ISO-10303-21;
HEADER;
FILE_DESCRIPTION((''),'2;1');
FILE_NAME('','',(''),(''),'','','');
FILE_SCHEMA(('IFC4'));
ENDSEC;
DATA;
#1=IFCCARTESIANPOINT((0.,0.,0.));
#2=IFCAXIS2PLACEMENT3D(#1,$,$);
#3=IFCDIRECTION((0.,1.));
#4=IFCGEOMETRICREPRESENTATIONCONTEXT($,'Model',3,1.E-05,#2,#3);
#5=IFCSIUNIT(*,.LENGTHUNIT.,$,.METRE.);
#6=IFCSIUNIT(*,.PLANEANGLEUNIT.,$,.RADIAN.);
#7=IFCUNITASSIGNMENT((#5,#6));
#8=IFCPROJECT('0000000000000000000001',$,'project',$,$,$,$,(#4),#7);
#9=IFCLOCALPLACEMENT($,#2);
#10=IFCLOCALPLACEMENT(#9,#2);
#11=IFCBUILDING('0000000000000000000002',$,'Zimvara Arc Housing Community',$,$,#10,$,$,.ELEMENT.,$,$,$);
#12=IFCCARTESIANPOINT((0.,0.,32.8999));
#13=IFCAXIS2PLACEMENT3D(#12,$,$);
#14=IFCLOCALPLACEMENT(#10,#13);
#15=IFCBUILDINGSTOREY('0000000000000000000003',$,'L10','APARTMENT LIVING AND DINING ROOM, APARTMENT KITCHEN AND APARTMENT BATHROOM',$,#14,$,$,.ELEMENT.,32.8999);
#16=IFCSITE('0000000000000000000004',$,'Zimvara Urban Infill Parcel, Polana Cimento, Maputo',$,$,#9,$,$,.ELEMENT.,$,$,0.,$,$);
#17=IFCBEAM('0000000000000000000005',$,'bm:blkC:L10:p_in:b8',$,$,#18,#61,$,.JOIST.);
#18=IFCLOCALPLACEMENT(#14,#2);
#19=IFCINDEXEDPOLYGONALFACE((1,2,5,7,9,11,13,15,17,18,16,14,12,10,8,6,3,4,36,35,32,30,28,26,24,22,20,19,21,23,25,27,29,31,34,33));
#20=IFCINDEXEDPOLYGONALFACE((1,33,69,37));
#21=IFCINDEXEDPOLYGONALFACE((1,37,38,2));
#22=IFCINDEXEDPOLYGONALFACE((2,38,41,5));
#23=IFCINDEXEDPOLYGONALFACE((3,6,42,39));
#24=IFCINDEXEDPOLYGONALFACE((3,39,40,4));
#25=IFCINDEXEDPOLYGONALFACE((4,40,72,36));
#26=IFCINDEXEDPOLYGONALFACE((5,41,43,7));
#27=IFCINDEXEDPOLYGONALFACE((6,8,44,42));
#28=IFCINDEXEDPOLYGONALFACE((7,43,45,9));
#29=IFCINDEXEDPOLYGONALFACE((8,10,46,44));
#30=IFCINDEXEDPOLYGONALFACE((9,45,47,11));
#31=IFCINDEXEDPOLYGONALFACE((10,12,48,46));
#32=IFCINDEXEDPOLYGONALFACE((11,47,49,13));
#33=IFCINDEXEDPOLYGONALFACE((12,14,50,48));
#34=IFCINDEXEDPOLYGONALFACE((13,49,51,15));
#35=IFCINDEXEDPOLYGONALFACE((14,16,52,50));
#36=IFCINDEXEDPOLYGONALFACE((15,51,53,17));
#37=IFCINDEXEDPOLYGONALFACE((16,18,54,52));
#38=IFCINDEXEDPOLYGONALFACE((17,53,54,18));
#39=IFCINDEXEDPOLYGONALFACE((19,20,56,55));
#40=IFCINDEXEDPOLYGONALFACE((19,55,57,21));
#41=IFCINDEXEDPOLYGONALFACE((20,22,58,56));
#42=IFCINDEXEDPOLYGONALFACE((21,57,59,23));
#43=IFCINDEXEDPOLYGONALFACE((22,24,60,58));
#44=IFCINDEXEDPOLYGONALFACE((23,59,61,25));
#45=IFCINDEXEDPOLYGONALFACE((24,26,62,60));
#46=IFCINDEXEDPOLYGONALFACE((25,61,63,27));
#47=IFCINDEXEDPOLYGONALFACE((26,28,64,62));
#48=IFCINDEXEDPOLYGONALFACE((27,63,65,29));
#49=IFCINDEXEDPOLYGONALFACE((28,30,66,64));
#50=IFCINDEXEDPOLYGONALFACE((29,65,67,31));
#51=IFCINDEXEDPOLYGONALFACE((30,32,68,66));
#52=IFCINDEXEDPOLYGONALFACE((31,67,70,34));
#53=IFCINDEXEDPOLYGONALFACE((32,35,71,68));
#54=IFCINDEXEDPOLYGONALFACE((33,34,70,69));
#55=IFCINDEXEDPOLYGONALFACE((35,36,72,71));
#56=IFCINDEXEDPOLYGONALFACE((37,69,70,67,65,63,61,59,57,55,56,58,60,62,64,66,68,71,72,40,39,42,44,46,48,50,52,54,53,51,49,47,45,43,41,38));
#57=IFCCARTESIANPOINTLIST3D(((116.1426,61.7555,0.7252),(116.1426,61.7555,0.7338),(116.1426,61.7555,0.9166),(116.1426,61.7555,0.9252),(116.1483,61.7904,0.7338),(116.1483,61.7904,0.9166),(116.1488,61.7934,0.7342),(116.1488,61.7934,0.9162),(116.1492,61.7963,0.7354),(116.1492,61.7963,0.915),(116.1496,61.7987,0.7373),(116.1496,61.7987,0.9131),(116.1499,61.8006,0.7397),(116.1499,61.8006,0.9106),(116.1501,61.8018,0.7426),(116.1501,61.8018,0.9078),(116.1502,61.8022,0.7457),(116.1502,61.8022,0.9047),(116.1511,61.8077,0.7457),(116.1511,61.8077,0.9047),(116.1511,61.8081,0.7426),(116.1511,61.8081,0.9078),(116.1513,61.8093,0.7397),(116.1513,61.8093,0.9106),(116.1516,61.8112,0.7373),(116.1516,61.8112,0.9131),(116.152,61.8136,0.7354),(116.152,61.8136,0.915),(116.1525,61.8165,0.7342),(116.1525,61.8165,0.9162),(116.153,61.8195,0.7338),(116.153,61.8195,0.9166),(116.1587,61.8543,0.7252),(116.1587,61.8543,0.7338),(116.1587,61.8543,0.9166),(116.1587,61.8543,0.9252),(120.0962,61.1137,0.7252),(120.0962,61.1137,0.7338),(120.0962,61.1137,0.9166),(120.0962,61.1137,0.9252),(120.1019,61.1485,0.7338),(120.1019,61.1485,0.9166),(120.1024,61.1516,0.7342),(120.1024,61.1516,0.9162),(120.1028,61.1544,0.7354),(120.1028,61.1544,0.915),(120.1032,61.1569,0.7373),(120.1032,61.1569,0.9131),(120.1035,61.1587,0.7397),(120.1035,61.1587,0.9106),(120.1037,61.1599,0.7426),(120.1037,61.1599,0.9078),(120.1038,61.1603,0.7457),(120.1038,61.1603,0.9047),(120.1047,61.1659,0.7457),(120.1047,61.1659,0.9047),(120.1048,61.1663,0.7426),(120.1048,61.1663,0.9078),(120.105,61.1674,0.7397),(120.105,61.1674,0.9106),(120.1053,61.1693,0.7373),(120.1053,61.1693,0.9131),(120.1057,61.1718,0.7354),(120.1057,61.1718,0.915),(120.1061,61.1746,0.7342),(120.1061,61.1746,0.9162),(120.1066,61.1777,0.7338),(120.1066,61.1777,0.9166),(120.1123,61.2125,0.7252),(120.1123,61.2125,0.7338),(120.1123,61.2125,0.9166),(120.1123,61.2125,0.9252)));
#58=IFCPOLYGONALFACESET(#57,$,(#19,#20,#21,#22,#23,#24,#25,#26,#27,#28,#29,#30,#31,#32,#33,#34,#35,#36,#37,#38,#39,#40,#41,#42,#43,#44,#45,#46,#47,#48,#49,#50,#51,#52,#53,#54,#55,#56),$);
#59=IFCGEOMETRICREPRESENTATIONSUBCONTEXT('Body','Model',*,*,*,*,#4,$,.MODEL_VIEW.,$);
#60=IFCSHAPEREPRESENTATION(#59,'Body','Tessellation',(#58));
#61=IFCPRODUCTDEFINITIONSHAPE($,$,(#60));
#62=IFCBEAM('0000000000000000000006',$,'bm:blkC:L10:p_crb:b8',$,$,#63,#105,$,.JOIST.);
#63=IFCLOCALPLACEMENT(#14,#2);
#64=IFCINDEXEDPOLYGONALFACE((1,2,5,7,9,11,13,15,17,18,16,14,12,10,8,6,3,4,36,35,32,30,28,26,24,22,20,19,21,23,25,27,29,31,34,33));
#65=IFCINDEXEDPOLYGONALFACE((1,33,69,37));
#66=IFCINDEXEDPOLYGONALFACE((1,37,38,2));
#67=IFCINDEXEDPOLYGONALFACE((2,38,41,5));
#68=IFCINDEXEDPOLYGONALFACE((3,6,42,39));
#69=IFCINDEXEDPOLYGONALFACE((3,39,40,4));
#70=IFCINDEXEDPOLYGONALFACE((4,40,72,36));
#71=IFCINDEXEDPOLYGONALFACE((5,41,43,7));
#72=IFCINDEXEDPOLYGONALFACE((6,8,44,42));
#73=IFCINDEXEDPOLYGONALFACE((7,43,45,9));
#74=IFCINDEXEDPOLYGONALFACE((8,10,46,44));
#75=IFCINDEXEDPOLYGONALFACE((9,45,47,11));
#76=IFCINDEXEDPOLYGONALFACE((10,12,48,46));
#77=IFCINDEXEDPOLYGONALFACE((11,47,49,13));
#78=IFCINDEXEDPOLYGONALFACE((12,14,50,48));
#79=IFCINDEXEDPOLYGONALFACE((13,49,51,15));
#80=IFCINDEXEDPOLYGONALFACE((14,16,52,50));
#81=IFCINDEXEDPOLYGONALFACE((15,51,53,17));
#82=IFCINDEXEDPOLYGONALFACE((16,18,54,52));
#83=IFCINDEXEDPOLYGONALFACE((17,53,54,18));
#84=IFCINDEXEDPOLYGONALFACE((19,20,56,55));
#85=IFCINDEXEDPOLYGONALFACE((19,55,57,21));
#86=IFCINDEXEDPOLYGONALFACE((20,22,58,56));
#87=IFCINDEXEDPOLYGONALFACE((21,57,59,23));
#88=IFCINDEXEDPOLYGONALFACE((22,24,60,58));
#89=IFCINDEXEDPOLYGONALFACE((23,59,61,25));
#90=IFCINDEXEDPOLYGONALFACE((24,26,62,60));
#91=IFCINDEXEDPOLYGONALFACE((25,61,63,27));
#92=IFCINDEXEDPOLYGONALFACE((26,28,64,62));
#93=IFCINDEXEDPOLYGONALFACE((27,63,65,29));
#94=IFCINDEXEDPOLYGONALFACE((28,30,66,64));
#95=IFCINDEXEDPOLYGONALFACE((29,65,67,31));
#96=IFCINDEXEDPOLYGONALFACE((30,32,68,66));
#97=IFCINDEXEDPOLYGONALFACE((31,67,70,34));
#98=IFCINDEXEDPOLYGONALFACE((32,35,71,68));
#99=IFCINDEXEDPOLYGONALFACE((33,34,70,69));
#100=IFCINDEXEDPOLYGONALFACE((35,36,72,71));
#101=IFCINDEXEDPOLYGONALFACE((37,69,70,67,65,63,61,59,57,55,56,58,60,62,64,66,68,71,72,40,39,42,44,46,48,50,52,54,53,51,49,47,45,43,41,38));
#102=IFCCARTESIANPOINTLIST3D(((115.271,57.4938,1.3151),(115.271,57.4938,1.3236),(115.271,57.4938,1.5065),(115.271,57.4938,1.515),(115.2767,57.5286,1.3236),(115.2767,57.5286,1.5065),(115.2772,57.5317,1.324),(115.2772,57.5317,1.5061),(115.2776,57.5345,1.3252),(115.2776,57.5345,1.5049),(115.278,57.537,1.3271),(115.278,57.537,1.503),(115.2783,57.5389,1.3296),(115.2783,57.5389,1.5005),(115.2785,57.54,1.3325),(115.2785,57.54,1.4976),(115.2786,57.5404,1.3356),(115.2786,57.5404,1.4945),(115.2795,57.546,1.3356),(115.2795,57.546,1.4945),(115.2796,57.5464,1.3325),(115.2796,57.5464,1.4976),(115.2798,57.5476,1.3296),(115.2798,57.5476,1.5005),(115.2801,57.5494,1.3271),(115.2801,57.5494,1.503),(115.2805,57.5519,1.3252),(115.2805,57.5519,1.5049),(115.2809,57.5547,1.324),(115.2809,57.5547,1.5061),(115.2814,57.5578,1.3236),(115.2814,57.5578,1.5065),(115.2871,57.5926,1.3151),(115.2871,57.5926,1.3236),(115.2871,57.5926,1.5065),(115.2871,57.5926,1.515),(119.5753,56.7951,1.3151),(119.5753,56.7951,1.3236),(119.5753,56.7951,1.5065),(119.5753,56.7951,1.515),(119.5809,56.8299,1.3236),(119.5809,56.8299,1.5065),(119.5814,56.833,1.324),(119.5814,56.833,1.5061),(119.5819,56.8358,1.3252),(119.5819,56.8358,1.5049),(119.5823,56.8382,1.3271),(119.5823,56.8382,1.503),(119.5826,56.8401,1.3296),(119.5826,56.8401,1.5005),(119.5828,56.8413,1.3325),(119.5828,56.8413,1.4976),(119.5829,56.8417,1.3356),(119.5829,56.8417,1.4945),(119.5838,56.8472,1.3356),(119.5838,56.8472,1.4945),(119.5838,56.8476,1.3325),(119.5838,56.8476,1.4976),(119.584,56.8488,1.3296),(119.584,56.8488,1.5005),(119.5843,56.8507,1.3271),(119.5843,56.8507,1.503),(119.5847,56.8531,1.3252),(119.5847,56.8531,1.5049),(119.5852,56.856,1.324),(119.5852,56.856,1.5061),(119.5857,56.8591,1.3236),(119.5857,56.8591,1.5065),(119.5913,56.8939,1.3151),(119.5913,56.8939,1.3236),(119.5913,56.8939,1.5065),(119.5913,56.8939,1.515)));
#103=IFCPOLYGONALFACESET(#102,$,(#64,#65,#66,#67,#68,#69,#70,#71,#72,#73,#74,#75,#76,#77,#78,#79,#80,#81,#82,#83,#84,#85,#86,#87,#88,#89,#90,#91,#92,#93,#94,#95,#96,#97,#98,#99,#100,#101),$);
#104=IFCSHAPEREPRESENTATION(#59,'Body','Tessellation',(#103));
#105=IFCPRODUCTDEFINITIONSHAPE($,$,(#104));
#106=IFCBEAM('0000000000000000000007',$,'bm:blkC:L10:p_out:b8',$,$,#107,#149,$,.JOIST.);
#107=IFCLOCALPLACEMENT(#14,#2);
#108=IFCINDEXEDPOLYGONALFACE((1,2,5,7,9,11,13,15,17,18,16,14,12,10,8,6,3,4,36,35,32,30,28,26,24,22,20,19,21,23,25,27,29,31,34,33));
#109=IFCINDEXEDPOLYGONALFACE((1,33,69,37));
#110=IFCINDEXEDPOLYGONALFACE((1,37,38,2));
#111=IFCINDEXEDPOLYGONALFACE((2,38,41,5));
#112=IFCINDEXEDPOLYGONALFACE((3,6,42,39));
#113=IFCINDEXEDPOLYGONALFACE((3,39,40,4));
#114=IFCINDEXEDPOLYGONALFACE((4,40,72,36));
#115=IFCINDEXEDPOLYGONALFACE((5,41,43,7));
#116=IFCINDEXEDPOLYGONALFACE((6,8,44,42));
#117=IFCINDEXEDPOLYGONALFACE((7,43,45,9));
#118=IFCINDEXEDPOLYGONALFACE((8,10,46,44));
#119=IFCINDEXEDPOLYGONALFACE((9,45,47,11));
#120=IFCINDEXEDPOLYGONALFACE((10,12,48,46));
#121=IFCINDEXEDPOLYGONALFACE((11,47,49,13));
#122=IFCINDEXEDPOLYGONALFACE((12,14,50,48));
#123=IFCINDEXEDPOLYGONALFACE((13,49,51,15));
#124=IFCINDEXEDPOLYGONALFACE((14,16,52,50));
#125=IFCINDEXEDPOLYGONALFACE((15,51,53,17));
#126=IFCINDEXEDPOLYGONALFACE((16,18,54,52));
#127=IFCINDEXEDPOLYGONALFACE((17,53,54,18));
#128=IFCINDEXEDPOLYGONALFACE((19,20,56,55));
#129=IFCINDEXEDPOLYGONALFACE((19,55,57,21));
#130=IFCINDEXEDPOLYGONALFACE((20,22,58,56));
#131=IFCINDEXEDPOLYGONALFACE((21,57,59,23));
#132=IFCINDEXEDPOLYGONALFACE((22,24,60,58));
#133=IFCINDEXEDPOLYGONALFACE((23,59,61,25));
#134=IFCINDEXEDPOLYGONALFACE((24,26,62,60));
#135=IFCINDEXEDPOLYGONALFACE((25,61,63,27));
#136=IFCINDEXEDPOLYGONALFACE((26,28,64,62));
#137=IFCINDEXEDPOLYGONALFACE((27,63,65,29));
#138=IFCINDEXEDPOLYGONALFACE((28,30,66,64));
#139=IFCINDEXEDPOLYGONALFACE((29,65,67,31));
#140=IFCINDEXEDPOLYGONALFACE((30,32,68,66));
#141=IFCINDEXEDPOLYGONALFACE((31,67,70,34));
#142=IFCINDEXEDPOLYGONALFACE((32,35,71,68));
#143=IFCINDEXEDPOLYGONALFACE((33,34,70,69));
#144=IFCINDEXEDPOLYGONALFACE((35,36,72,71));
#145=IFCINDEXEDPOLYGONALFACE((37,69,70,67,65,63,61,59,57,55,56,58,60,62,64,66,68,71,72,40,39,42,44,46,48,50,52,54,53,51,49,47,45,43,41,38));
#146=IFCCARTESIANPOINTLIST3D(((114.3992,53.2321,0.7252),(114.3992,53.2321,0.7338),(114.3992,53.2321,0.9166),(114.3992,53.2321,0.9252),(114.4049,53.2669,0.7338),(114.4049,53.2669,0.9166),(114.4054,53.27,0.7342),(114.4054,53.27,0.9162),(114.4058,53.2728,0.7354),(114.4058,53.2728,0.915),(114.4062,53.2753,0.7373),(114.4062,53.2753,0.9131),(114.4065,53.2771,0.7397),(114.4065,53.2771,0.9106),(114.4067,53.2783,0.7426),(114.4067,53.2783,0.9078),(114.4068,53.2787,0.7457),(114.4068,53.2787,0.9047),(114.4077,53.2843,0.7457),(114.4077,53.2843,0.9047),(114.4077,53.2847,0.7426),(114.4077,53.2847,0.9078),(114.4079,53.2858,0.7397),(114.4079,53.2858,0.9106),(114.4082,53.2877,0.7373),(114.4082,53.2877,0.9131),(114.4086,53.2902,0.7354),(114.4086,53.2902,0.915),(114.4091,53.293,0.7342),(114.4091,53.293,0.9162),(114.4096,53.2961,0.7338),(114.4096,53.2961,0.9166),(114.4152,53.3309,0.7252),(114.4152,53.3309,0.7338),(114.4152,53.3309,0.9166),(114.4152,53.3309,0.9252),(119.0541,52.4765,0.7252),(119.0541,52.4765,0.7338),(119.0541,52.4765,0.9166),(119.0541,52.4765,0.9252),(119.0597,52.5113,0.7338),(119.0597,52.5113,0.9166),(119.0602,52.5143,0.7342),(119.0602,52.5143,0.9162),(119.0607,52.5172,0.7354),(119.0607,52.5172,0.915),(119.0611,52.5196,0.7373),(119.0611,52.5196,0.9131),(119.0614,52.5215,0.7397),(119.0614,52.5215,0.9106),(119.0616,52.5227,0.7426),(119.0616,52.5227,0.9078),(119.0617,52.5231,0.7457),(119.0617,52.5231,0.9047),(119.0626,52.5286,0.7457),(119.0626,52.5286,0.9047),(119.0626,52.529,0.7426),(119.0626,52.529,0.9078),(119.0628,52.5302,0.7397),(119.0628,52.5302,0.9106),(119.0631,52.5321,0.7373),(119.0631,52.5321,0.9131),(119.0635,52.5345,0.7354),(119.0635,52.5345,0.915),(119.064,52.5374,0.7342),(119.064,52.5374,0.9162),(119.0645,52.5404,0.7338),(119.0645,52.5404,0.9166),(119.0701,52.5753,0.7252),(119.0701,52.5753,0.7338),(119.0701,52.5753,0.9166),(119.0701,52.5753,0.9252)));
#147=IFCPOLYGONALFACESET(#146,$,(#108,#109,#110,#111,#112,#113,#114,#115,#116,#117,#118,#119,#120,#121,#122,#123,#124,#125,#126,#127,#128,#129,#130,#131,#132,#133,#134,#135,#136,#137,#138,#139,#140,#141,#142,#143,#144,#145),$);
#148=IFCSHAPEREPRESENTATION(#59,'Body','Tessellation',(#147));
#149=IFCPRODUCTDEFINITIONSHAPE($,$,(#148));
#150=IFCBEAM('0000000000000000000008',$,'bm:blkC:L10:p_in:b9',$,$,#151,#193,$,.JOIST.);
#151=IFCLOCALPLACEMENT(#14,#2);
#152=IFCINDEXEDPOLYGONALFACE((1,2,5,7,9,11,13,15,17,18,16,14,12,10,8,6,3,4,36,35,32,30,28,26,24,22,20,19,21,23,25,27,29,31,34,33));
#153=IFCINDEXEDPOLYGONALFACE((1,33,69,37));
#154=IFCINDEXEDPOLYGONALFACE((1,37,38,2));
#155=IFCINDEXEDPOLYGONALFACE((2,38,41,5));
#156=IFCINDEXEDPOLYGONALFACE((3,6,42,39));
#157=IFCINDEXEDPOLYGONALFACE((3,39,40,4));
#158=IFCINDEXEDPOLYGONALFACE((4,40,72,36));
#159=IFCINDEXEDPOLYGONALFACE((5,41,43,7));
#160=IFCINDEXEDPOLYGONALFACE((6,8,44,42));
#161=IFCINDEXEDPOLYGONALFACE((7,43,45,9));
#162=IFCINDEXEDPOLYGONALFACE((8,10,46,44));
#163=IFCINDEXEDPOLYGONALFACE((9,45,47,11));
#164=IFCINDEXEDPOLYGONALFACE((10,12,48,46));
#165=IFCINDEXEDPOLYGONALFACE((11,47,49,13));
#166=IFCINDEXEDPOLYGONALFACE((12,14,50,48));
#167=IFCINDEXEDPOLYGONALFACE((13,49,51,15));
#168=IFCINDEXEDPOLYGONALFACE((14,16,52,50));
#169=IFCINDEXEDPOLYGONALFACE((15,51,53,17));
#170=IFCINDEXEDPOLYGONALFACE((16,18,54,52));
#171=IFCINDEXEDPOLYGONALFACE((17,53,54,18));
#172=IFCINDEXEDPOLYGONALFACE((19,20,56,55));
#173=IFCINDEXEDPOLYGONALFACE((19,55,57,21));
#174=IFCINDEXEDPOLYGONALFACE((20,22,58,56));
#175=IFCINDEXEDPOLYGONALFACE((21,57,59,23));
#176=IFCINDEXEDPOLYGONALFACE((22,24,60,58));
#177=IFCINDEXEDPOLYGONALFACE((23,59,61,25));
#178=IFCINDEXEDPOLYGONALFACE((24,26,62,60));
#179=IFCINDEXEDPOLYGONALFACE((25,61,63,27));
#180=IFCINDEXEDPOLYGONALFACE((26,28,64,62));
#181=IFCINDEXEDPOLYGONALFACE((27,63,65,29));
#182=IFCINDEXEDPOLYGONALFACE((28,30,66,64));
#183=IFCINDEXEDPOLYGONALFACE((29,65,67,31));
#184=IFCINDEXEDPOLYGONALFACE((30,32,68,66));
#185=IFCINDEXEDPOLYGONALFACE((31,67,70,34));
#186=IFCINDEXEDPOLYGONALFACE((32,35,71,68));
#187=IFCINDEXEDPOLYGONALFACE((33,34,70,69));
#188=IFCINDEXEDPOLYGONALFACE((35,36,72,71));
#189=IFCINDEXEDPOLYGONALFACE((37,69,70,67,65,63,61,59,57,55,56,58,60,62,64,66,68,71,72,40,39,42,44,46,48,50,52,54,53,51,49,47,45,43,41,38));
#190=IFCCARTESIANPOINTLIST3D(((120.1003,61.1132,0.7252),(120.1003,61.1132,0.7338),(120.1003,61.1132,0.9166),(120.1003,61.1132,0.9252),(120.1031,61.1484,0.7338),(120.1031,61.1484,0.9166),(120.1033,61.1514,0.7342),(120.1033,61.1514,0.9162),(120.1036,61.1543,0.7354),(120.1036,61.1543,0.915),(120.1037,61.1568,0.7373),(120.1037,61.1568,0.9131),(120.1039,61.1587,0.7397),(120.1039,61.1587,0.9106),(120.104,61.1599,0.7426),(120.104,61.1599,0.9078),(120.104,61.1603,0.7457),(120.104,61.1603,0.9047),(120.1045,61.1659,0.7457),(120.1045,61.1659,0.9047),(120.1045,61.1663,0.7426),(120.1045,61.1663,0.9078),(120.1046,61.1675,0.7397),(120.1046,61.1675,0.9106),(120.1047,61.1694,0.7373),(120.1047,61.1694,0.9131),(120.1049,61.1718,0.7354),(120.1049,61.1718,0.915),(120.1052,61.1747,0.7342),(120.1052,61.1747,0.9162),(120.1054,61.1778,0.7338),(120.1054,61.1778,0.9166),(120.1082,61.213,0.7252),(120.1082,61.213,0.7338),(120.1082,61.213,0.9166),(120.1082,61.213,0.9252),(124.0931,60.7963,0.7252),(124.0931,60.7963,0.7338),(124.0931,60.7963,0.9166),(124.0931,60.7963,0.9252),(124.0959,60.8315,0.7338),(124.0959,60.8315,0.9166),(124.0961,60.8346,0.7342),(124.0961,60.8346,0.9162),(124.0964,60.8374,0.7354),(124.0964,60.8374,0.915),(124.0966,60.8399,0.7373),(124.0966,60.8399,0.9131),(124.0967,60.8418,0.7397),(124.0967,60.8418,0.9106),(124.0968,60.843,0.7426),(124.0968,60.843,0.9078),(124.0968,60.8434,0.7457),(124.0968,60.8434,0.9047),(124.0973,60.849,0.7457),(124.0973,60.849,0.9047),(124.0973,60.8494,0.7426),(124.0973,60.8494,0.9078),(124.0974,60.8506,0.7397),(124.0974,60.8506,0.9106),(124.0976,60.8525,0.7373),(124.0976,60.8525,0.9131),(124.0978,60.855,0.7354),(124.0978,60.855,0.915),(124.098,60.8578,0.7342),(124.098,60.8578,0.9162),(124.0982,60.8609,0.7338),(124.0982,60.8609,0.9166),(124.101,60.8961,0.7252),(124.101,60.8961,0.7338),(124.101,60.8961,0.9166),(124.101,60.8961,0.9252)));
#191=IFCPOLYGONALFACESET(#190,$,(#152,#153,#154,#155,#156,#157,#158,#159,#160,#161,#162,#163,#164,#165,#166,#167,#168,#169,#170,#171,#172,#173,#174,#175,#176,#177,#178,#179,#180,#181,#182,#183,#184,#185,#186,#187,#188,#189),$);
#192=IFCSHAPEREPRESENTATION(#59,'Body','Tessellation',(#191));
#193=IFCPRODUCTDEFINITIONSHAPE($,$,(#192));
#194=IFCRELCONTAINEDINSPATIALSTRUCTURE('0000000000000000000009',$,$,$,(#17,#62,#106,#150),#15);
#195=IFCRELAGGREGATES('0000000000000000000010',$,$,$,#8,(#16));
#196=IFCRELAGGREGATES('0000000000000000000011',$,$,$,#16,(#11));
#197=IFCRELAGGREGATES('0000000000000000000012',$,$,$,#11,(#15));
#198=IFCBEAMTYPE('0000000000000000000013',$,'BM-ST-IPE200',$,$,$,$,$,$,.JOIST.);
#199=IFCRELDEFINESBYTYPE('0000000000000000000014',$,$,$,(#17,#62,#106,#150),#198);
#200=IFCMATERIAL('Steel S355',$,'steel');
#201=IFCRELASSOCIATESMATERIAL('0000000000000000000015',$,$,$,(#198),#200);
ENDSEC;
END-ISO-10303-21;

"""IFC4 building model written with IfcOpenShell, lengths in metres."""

from ifc_helpers import new_model, si_unit, direction, frame, origin, origin_2d, place, context, subcontext, project, spatial, i_section, extrude, material, material_profile, profile_set, type_object, element, save


model = new_model("IFC4")

# Units and contexts
model_context = context("Model", 3, precision=1e-05, world=origin(), true_north=direction((0.0, 1.0)))
body_context = subcontext(model_context, "Body", "Model", "MODEL_VIEW")
ifc_project = project(units=[si_unit("LENGTHUNIT", "METRE"), si_unit("PLANEANGLEUNIT", "RADIAN")], contexts=[model_context])

# Site, building, storey
site_placement = place(None, origin())
site = spatial("IfcSite", under=ifc_project, at=site_placement, Name="Zimvara Urban Infill Parcel, Polana Cimento, Maputo", CompositionType="ELEMENT", RefElevation=0.0)
building_placement = place(site_placement, origin())
building = spatial("IfcBuilding", under=site, at=building_placement, Name="Zimvara Arc Housing Community", CompositionType="ELEMENT")
storey_placement = place(building_placement, frame((0.0, 0.0, 32.8999)))
storey = spatial("IfcBuildingStorey", under=building, at=storey_placement, Name="L10", Description="APARTMENT LIVING AND DINING ROOM, APARTMENT KITCHEN AND APARTMENT BATHROOM", CompositionType="ELEMENT", Elevation=32.8999)

# Beams
ifc_material_1 = material(Name="Steel S355", Category="steel")
ifc_material_profile_1 = material_profile(ifc_material_1, i_section(OverallWidth=0.1001, OverallDepth=0.2, WebThickness=0.0056, FlangeThickness=0.0085, FilletRadius=0.012, at=origin_2d()), Name="IPE 200")
ifc_profile_set_1 = profile_set([ifc_material_profile_1], Name="Steel S355")
beam_type_1 = type_object("IfcBeamType", Name="BM-ST-IPE200", PredefinedType="JOIST", material=ifc_profile_set_1)
beam_1_placement = place(storey_placement, frame((116.1506, 61.8049, 0.8252), z_axis=(0.987077, -0.160246, 0.0), x_axis=(0.160246, 0.987077, 0.0)))
element("IfcBeam", 1, at=beam_1_placement, inside=storey, type_object=beam_type_1, Name="bm:blkC:L10:p_in:b8", PredefinedType="JOIST", context=body_context, shape_type="SweptSolid", body=[
    extrude(i_section(OverallWidth=0.1001, OverallDepth=0.2, WebThickness=0.0056, FlangeThickness=0.0085, FilletRadius=0.012, at=origin_2d()), origin(), (0.0, 0.0, 1.0), 4.0054),
])
beam_2_placement = place(storey_placement, frame((115.2791, 57.5432, 1.415), z_axis=(0.987078, -0.160239, 0.0), x_axis=(0.160239, 0.987078, 0.0)))
element("IfcBeam", 2, at=beam_2_placement, inside=storey, type_object=beam_type_1, Name="bm:blkC:L10:p_crb:b8", PredefinedType="JOIST", context=body_context, shape_type="SweptSolid", body=[
    extrude(i_section(OverallWidth=0.1001, OverallDepth=0.2, WebThickness=0.0056, FlangeThickness=0.0085, FilletRadius=0.012, at=origin_2d()), origin(), (0.0, 0.0, 1.0), 4.3606),
])
beam_3_placement = place(storey_placement, frame((114.4072, 53.2815, 0.8252), z_axis=(0.987079, -0.160233, 0.0), x_axis=(0.160233, 0.987079, 0.0)))
element("IfcBeam", 3, at=beam_3_placement, inside=storey, type_object=beam_type_1, Name="bm:blkC:L10:p_out:b8", PredefinedType="JOIST", context=body_context, shape_type="SweptSolid", body=[
    extrude(i_section(OverallWidth=0.1001, OverallDepth=0.2, WebThickness=0.0056, FlangeThickness=0.0085, FilletRadius=0.012, at=origin_2d()), origin(), (0.0, 0.0, 1.0), 4.7158),
])
beam_4_placement = place(storey_placement, frame((120.1042, 61.1631, 0.8252), z_axis=(0.996865, -0.079115, 0.0), x_axis=(0.079115, 0.996865, 0.0)))
element("IfcBeam", 4, at=beam_4_placement, inside=storey, type_object=beam_type_1, Name="bm:blkC:L10:p_in:b9", PredefinedType="JOIST", context=body_context, shape_type="SweptSolid", body=[
    extrude(i_section(OverallWidth=0.1001, OverallDepth=0.2, WebThickness=0.0056, FlangeThickness=0.0085, FilletRadius=0.012, at=origin_2d()), origin(), (0.0, 0.0, 1.0), 4.0054),
])

save(model, "model.ifc")
